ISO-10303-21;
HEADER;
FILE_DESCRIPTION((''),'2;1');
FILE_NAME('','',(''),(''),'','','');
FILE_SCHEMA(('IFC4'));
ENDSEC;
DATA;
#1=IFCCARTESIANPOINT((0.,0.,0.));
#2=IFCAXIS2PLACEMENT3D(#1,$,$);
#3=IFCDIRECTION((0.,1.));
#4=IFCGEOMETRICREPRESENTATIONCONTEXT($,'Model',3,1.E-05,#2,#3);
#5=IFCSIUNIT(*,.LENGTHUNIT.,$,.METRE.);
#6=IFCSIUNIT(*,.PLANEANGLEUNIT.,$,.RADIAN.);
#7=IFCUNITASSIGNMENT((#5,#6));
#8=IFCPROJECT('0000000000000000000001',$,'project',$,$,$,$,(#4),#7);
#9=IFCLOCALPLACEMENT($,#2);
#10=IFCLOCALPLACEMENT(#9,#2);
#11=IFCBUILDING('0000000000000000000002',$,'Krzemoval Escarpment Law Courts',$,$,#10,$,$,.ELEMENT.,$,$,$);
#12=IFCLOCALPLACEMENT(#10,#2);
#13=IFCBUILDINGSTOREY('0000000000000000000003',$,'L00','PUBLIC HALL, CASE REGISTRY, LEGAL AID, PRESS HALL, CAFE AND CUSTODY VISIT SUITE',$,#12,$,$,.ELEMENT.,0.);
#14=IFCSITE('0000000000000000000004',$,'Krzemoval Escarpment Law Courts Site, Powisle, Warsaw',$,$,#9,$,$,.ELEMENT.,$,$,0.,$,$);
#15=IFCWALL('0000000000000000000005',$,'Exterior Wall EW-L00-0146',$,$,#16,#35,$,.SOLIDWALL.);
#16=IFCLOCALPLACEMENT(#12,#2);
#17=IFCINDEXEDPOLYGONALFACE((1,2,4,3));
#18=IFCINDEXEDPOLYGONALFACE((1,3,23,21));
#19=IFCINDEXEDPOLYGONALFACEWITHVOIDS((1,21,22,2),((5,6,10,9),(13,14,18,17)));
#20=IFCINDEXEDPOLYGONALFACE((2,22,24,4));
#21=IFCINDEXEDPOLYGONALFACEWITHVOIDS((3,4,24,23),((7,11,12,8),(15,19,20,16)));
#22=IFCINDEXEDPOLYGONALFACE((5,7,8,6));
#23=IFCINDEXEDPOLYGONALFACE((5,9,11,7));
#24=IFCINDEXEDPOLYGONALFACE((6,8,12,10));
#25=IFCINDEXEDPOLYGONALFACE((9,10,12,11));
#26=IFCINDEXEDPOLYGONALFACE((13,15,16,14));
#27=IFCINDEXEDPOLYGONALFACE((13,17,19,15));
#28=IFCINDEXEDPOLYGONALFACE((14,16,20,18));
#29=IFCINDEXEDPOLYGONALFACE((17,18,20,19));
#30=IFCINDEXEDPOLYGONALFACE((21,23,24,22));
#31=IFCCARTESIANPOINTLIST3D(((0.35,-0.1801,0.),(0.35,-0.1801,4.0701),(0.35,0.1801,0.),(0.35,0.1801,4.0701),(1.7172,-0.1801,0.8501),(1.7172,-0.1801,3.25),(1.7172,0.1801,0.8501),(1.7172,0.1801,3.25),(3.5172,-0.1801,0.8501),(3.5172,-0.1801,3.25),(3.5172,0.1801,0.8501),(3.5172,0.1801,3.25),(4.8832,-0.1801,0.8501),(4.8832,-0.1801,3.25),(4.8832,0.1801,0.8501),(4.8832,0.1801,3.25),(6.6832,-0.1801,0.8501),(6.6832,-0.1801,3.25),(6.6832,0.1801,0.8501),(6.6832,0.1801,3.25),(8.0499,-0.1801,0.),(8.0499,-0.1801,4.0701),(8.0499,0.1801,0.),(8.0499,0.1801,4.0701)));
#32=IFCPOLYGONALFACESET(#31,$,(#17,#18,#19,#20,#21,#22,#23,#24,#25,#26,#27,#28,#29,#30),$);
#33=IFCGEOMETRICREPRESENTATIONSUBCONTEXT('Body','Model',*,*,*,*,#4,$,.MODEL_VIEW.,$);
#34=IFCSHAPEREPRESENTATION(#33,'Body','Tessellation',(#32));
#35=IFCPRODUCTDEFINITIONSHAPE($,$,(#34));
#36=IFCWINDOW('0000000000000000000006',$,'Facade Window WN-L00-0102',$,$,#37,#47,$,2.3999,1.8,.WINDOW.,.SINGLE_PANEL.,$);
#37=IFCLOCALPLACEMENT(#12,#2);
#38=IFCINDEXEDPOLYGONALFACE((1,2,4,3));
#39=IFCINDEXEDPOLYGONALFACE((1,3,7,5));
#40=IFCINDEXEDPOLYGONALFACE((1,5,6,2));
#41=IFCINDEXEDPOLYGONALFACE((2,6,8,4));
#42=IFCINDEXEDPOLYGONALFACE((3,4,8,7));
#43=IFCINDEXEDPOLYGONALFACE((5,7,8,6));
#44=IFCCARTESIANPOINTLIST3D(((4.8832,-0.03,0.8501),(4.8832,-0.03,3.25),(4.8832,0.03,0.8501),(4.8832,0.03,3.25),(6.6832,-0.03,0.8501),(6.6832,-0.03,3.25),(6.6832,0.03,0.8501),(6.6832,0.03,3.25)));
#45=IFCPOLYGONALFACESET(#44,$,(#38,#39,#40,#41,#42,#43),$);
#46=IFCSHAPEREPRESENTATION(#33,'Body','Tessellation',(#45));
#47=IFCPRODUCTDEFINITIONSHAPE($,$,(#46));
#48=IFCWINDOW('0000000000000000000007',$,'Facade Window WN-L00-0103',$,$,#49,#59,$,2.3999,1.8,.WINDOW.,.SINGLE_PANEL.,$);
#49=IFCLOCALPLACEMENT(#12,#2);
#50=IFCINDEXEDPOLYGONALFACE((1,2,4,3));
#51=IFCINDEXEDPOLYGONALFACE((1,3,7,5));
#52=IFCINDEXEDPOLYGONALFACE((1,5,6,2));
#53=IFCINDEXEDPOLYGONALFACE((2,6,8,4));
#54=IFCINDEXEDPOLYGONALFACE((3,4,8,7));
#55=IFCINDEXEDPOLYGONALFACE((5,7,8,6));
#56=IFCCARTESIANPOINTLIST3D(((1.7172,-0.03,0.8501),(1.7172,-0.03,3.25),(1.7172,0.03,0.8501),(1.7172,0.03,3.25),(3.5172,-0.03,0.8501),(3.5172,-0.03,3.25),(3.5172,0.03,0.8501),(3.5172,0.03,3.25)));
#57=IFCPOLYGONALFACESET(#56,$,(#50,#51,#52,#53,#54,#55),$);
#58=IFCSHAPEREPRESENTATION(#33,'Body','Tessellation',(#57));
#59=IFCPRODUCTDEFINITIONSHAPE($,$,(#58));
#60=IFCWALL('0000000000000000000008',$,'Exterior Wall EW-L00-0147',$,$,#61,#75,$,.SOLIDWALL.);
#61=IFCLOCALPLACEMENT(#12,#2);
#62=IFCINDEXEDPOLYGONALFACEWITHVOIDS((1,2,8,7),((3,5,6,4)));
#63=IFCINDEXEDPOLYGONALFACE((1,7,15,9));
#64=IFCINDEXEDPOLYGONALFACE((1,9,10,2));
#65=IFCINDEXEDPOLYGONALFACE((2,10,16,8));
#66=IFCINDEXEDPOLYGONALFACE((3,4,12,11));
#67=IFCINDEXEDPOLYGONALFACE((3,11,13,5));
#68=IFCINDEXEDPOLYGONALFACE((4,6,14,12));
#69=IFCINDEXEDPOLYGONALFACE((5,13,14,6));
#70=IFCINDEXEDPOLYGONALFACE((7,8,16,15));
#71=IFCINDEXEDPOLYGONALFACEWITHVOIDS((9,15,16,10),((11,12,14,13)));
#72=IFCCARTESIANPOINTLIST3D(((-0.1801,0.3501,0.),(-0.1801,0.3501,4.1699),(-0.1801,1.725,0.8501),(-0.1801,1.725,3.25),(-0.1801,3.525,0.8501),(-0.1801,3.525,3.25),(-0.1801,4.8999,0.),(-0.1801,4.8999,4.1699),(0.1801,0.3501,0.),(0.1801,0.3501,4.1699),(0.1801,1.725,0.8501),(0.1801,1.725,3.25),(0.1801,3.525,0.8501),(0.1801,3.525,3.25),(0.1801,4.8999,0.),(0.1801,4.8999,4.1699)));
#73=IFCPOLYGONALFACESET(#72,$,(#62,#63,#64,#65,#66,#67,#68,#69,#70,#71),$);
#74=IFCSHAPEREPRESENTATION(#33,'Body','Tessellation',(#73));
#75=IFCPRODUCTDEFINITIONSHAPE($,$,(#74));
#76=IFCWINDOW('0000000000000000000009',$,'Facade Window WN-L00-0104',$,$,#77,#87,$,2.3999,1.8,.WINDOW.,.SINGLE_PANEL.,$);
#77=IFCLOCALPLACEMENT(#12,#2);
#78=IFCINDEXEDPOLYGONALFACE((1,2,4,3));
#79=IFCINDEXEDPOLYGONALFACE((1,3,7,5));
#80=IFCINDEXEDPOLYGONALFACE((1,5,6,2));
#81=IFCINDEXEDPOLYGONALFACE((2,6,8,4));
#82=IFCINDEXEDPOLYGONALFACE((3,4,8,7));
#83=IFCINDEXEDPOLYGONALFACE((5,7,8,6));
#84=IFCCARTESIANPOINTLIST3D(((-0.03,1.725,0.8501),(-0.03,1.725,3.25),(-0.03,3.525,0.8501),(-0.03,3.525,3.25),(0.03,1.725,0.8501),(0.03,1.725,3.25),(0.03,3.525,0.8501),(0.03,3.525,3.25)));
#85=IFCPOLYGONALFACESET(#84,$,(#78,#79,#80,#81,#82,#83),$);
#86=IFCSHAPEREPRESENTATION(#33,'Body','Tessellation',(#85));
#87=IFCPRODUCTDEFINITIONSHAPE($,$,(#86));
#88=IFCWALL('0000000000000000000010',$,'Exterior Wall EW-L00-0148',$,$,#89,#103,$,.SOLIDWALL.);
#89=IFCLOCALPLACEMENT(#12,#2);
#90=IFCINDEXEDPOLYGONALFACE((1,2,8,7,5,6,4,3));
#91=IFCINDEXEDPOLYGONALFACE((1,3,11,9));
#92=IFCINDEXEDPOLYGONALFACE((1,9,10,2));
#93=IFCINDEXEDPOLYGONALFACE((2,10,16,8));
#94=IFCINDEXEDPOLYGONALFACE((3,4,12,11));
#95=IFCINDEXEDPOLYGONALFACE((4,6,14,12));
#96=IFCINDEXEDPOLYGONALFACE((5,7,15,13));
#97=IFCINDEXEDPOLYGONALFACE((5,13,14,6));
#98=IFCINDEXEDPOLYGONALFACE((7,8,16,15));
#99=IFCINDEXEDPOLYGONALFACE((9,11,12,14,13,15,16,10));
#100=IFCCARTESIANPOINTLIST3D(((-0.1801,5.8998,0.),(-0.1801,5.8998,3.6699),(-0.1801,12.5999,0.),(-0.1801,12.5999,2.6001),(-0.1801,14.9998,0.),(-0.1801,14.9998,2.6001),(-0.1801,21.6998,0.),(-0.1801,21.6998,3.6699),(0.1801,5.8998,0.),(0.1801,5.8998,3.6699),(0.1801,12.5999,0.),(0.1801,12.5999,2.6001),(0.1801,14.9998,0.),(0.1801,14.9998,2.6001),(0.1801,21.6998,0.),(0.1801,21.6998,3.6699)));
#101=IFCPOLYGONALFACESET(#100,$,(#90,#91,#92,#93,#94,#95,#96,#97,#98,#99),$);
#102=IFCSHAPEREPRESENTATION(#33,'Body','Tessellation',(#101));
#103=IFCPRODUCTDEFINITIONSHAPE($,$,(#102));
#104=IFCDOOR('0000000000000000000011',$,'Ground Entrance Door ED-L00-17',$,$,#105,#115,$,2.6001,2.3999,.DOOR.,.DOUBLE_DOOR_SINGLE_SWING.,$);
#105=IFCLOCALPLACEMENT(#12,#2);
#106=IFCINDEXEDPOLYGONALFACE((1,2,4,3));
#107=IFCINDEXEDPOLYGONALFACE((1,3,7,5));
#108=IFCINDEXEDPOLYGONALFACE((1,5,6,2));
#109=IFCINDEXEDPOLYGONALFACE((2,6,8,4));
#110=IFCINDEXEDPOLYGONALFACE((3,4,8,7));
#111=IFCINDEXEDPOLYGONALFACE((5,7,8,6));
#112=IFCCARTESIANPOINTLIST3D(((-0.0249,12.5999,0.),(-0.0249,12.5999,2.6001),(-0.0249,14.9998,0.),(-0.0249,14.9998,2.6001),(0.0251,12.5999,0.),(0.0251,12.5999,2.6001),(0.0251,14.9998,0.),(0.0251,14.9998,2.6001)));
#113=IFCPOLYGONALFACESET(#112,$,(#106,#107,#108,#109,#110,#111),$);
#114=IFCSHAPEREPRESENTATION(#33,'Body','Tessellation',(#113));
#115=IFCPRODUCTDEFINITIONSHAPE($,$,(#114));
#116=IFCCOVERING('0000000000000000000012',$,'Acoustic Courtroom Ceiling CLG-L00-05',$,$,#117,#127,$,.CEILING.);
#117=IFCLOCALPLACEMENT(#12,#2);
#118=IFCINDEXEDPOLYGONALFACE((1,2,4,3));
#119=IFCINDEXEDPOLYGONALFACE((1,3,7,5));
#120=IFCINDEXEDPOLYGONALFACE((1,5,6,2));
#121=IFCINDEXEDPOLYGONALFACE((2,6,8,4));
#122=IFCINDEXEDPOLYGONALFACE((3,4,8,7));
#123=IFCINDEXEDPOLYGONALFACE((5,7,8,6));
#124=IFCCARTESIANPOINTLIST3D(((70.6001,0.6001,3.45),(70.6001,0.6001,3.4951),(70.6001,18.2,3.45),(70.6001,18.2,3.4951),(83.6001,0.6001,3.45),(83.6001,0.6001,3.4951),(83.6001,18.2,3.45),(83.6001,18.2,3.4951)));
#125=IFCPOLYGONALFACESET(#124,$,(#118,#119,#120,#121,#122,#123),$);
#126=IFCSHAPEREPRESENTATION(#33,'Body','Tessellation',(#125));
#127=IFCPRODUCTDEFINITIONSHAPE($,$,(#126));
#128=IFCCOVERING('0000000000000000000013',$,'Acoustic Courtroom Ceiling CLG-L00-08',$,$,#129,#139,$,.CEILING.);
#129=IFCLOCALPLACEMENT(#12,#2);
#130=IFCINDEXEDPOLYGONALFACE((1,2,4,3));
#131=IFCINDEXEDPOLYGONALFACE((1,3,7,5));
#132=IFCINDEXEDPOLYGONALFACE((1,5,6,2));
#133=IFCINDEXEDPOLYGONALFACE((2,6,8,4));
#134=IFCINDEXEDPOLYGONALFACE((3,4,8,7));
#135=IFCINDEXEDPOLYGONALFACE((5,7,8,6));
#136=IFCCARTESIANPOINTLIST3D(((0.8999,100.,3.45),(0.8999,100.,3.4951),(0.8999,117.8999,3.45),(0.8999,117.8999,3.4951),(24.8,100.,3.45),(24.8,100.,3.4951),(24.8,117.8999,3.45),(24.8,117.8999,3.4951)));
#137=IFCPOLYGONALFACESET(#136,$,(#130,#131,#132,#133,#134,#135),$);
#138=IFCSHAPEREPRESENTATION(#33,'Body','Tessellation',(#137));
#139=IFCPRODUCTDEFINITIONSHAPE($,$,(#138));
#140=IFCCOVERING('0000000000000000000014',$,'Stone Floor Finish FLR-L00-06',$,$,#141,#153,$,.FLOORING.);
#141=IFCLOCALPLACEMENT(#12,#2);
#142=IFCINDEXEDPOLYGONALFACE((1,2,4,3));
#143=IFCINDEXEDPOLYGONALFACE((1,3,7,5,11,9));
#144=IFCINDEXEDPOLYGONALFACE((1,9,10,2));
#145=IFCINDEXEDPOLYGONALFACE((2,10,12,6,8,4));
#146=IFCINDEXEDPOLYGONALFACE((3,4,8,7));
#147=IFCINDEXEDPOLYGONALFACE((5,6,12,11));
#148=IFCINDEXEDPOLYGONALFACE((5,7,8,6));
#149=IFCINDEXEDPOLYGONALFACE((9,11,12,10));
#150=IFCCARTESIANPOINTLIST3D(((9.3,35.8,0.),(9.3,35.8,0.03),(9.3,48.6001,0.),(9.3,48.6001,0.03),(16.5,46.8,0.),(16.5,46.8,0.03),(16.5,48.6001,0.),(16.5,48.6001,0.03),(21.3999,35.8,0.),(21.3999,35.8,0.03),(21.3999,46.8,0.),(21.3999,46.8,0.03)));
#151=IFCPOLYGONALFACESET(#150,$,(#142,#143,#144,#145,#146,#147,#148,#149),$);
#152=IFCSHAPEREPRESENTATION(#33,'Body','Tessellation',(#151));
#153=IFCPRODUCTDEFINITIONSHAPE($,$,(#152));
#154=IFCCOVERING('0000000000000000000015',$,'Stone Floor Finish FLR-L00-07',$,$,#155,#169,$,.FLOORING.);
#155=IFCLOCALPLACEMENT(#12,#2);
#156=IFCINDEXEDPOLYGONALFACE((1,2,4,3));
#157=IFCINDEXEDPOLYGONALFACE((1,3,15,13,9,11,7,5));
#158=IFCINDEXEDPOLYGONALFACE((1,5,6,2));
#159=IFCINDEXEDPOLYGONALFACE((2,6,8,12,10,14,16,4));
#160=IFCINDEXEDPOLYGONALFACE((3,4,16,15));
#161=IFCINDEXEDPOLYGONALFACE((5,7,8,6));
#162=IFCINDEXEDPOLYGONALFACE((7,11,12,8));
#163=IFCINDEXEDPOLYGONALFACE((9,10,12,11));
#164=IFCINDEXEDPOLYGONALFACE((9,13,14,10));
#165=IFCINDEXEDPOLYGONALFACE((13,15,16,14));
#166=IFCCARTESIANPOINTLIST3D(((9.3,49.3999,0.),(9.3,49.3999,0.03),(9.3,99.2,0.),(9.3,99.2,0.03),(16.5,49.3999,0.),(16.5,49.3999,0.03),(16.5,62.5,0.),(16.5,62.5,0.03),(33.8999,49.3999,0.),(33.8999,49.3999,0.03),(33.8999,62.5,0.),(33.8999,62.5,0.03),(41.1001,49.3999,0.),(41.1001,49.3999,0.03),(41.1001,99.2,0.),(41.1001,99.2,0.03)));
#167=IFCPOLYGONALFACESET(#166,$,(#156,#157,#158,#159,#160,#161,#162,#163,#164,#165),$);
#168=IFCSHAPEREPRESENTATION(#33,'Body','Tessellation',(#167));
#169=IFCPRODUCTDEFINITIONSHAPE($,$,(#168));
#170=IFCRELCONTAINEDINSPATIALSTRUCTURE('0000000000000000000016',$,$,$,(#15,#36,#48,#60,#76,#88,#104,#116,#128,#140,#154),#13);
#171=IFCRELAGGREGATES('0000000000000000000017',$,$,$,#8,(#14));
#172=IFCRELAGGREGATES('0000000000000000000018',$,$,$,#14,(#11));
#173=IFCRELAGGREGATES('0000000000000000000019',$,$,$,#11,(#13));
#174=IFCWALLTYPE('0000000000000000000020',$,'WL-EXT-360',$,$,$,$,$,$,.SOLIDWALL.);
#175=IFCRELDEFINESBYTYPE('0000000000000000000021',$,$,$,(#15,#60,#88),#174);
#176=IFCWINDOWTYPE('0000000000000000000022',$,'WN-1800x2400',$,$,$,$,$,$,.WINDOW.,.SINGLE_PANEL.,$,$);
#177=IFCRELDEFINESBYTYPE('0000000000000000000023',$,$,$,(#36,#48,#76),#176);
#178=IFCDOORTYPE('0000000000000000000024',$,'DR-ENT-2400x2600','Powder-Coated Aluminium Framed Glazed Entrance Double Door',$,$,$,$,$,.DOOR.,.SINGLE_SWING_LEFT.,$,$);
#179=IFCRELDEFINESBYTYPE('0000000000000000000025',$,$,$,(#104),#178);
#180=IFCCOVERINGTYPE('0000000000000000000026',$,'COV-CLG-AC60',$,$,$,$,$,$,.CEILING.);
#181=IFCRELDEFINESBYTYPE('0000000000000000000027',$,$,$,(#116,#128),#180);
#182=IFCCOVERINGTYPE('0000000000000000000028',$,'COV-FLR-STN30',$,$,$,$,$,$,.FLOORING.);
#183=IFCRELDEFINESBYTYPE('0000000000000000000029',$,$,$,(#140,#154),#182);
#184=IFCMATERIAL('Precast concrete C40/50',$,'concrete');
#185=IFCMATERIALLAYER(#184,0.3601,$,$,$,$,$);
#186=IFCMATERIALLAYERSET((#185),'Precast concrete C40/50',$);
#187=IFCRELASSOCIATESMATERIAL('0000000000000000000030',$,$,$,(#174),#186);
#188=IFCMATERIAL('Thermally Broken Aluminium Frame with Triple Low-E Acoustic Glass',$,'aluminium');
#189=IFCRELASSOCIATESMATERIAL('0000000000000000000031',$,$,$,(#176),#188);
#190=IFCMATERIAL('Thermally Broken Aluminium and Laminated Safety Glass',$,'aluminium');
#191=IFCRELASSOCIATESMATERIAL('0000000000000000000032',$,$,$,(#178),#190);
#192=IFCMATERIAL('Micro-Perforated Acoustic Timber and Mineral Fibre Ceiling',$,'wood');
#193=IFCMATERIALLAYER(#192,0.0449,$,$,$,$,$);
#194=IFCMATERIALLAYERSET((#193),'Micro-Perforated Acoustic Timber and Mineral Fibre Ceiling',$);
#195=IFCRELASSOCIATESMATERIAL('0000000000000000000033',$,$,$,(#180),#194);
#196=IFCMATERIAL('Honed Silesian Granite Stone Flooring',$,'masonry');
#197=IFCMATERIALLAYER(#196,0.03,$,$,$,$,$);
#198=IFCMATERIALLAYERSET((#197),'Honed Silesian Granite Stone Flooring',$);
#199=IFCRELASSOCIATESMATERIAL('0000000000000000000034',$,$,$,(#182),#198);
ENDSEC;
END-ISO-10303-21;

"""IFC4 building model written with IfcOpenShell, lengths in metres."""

from ifc_helpers import new_model, si_unit, direction, frame, frame_2d, origin, place, context, subcontext, project, spatial, polyline, rectangle, outline, extrude, material, layer, layer_set, type_object, element, fill, save


model = new_model("IFC4")

# Units and contexts
model_context = context("Model", 3, precision=1e-05, world=origin(), true_north=direction((0.0, 1.0)))
body_context = subcontext(model_context, "Body", "Model", "MODEL_VIEW")
ifc_project = project(units=[si_unit("LENGTHUNIT", "METRE"), si_unit("PLANEANGLEUNIT", "RADIAN")], contexts=[model_context])

# Site, building, storey
site_placement = place(None, origin())
site = spatial("IfcSite", under=ifc_project, at=site_placement, Name="Krzemoval Escarpment Law Courts Site, Powisle, Warsaw", CompositionType="ELEMENT", RefElevation=0.0)
building_placement = place(site_placement, origin())
building = spatial("IfcBuilding", under=site, at=building_placement, Name="Krzemoval Escarpment Law Courts", CompositionType="ELEMENT")
storey_placement = place(building_placement, origin())
storey = spatial("IfcBuildingStorey", under=building, at=storey_placement, Name="L00", Description="PUBLIC HALL, CASE REGISTRY, LEGAL AID, PRESS HALL, CAFE AND CUSTODY VISIT SUITE", CompositionType="ELEMENT", Elevation=0.0)

# Wall, openings, windows
ifc_material_1 = material(Name="Precast concrete C40/50", Category="concrete")
ifc_layer_1 = layer(ifc_material_1, 0.3601)
ifc_layer_set_1 = layer_set([ifc_layer_1], Name="Precast concrete C40/50")
wall_type = type_object("IfcWallType", Name="WL-EXT-360", PredefinedType="SOLIDWALL", material=ifc_layer_set_1)
wall_1_placement = place(storey_placement, frame((8.05, 0.0, 0.0), z_axis=(0.0, 0.0, 1.0), x_axis=(-1.0, 0.0, 0.0)))
wall_1 = element("IfcWall", 1, at=wall_1_placement, inside=storey, type_object=wall_type, Name="Exterior Wall EW-L00-0146", PredefinedType="SOLIDWALL", context=body_context, shape_type="SweptSolid", body=[
    extrude(rectangle(XDim=7.7, YDim=0.3601, at=frame_2d((3.8501, 0.0))), origin(), (0.0, 0.0, 1.0), 4.0701),
])
opening_1_placement = place(wall_1_placement, frame((1.3669, 0.0, 0.8501)))
opening_1 = element("IfcOpeningElement", 2, at=opening_1_placement, cuts=wall_1, PredefinedType="OPENING", context=body_context, shape_type="SweptSolid", body=[
    extrude(rectangle(XDim=1.8, YDim=2.3999, at=frame_2d((0.8999, 1.2))), frame((0.0, 0.1951, 0.0), z_axis=(0.0, -1.0, 0.0), x_axis=(1.0, 0.0, 0.0)), (0.0, 0.0, 1.0), 0.3901),
])
opening_2_placement = place(wall_1_placement, frame((4.533, 0.0, 0.8501)))
opening_2 = element("IfcOpeningElement", 3, at=opening_2_placement, cuts=wall_1, PredefinedType="OPENING", context=body_context, shape_type="SweptSolid", body=[
    extrude(rectangle(XDim=1.8, YDim=2.3999, at=frame_2d((0.8999, 1.2))), frame((0.0, 0.1951, 0.0), z_axis=(0.0, -1.0, 0.0), x_axis=(1.0, 0.0, 0.0)), (0.0, 0.0, 1.0), 0.3901),
])
ifc_material_2 = material(Name="Thermally Broken Aluminium Frame with Triple Low-E Acoustic Glass", Category="aluminium")
window_type = type_object("IfcWindowType", Name="WN-1800x2400", PartitioningType="SINGLE_PANEL", PredefinedType="WINDOW", material=ifc_material_2)
window_1_placement = place(opening_1_placement, origin())
window_1 = element("IfcWindow", 4, at=window_1_placement, inside=storey, type_object=window_type, Name="Facade Window WN-L00-0102", OverallHeight=2.3999, OverallWidth=1.8, PartitioningType="SINGLE_PANEL", PredefinedType="WINDOW", context=body_context, shape_type="SweptSolid", body=[
    extrude(rectangle(XDim=1.8, YDim=2.3999, at=frame_2d((0.8999, 1.2))), frame((0.0, 0.03, 0.0), z_axis=(0.0, -1.0, 0.0), x_axis=(1.0, 0.0, 0.0)), (0.0, 0.0, 1.0), 0.0601),
])
fill(opening_1, window_1)
window_2_placement = place(opening_2_placement, origin())
window_2 = element("IfcWindow", 5, at=window_2_placement, inside=storey, type_object=window_type, Name="Facade Window WN-L00-0103", OverallHeight=2.3999, OverallWidth=1.8, PartitioningType="SINGLE_PANEL", PredefinedType="WINDOW", context=body_context, shape_type="SweptSolid", body=[
    extrude(rectangle(XDim=1.8, YDim=2.3999, at=frame_2d((0.8999, 1.2))), frame((0.0, 0.03, 0.0), z_axis=(0.0, -1.0, 0.0), x_axis=(1.0, 0.0, 0.0)), (0.0, 0.0, 1.0), 0.0601),
])
fill(opening_2, window_2)

# Wall, opening, window
wall_2_placement = place(storey_placement, frame((0.0, 0.3501, 0.0), z_axis=(0.0, 0.0, 1.0), x_axis=(0.0, 1.0, 0.0)))
wall_2 = element("IfcWall", 6, at=wall_2_placement, inside=storey, type_object=wall_type, Name="Exterior Wall EW-L00-0147", PredefinedType="SOLIDWALL", context=body_context, shape_type="SweptSolid", body=[
    extrude(rectangle(XDim=4.5498, YDim=0.3601, at=frame_2d((2.2749, 0.0))), origin(), (0.0, 0.0, 1.0), 4.1699),
])
opening_3_placement = place(wall_2_placement, frame((1.375, 0.0, 0.8501)))
opening_3 = element("IfcOpeningElement", 7, at=opening_3_placement, cuts=wall_2, PredefinedType="OPENING", context=body_context, shape_type="SweptSolid", body=[
    extrude(rectangle(XDim=1.8, YDim=2.3999, at=frame_2d((0.8999, 1.2))), frame((0.0, 0.1951, 0.0), z_axis=(0.0, -1.0, 0.0), x_axis=(1.0, 0.0, 0.0)), (0.0, 0.0, 1.0), 0.3901),
])
window_3_placement = place(opening_3_placement, origin())
window_3 = element("IfcWindow", 8, at=window_3_placement, inside=storey, type_object=window_type, Name="Facade Window WN-L00-0104", OverallHeight=2.3999, OverallWidth=1.8, PartitioningType="SINGLE_PANEL", PredefinedType="WINDOW", context=body_context, shape_type="SweptSolid", body=[
    extrude(rectangle(XDim=1.8, YDim=2.3999, at=frame_2d((0.8999, 1.2))), frame((0.0, 0.03, 0.0), z_axis=(0.0, -1.0, 0.0), x_axis=(1.0, 0.0, 0.0)), (0.0, 0.0, 1.0), 0.0601),
])
fill(opening_3, window_3)

# Wall, opening, door
wall_3_placement = place(storey_placement, frame((0.0, 5.8999, 0.0), z_axis=(0.0, 0.0, 1.0), x_axis=(0.0, 1.0, 0.0)))
wall_3 = element("IfcWall", 9, at=wall_3_placement, inside=storey, type_object=wall_type, Name="Exterior Wall EW-L00-0148", PredefinedType="SOLIDWALL", context=body_context, shape_type="SweptSolid", body=[
    extrude(rectangle(XDim=15.8, YDim=0.3601, at=frame_2d((7.8999, 0.0))), origin(), (0.0, 0.0, 1.0), 3.6699),
])
opening_4_placement = place(wall_3_placement, frame((6.7, 0.0, 0.0)))
opening_4 = element("IfcOpeningElement", 10, at=opening_4_placement, cuts=wall_3, PredefinedType="OPENING", context=body_context, shape_type="SweptSolid", body=[
    extrude(rectangle(XDim=2.3999, YDim=2.6001, at=frame_2d((1.2, 1.3))), frame((0.0, 0.1951, 0.0), z_axis=(0.0, -1.0, 0.0), x_axis=(1.0, 0.0, 0.0)), (0.0, 0.0, 1.0), 0.3901),
])
ifc_material_3 = material(Name="Thermally Broken Aluminium and Laminated Safety Glass", Category="aluminium")
door_type = type_object("IfcDoorType", Name="DR-ENT-2400x2600", Description="Powder-Coated Aluminium Framed Glazed Entrance Double Door", OperationType="SINGLE_SWING_LEFT", PredefinedType="DOOR", material=ifc_material_3)
door_placement = place(opening_4_placement, origin())
door = element("IfcDoor", 11, at=door_placement, inside=storey, type_object=door_type, Name="Ground Entrance Door ED-L00-17", OperationType="DOUBLE_DOOR_SINGLE_SWING", OverallHeight=2.6001, OverallWidth=2.3999, PredefinedType="DOOR", context=body_context, shape_type="SweptSolid", body=[
    extrude(rectangle(XDim=2.3999, YDim=2.6001, at=frame_2d((1.2, 1.3))), frame((0.0, 0.0249, 0.0), z_axis=(0.0, -1.0, 0.0), x_axis=(1.0, 0.0, 0.0)), (0.0, 0.0, 1.0), 0.05),
])
fill(opening_4, door)

# Coverings
ifc_material_4 = material(Name="Micro-Perforated Acoustic Timber and Mineral Fibre Ceiling", Category="wood")
ifc_layer_2 = layer(ifc_material_4, 0.0449)
ifc_layer_set_2 = layer_set([ifc_layer_2], Name="Micro-Perforated Acoustic Timber and Mineral Fibre Ceiling")
covering_type_1 = type_object("IfcCoveringType", Name="COV-CLG-AC60", PredefinedType="CEILING", material=ifc_layer_set_2)
covering_1_placement = place(storey_placement, frame((0.0, 0.0, 3.45)))
element("IfcCovering", 12, at=covering_1_placement, inside=storey, type_object=covering_type_1, Name="Acoustic Courtroom Ceiling CLG-L00-05", PredefinedType="CEILING", context=body_context, shape_type="SweptSolid", body=[
    extrude(outline(polyline([(70.6001, 0.6001), (70.6001, 18.2), (83.6001, 18.2), (83.6001, 0.6001), (70.6001, 0.6001)])), origin(), (0.0, 0.0, 1.0), 0.0452),
])
covering_2_placement = place(storey_placement, frame((0.0, 0.0, 3.45)))
element("IfcCovering", 13, at=covering_2_placement, inside=storey, type_object=covering_type_1, Name="Acoustic Courtroom Ceiling CLG-L00-08", PredefinedType="CEILING", context=body_context, shape_type="SweptSolid", body=[
    extrude(outline(polyline([(0.8999, 100.0), (0.8999, 117.8999), (24.8, 117.8999), (24.8, 100.0), (0.8999, 100.0)])), origin(), (0.0, 0.0, 1.0), 0.0452),
])
ifc_material_5 = material(Name="Honed Silesian Granite Stone Flooring", Category="masonry")
ifc_layer_3 = layer(ifc_material_5, 0.03)
ifc_layer_set_3 = layer_set([ifc_layer_3], Name="Honed Silesian Granite Stone Flooring")
covering_type_2 = type_object("IfcCoveringType", Name="COV-FLR-STN30", PredefinedType="FLOORING", material=ifc_layer_set_3)
covering_3_placement = place(storey_placement, origin())
element("IfcCovering", 14, at=covering_3_placement, inside=storey, type_object=covering_type_2, Name="Stone Floor Finish FLR-L00-06", PredefinedType="FLOORING", context=body_context, shape_type="SweptSolid", body=[
    extrude(outline(polyline([(21.3999, 35.8), (9.3, 35.8), (9.3, 48.6001), (16.5, 48.6001), (16.5, 46.8), (21.3999, 46.8), (21.3999, 35.8)])), origin(), (0.0, 0.0, 1.0), 0.03),
])
covering_4_placement = place(storey_placement, origin())
element("IfcCovering", 15, at=covering_4_placement, inside=storey, type_object=covering_type_2, Name="Stone Floor Finish FLR-L00-07", PredefinedType="FLOORING", context=body_context, shape_type="SweptSolid", body=[
    extrude(outline(polyline([(9.3, 49.3999), (9.3, 99.2), (41.1001, 99.2), (41.1001, 49.3999), (33.8999, 49.3999), (33.8999, 62.5), (16.5, 62.5), (16.5, 49.3999), (9.3, 49.3999)])), origin(), (0.0, 0.0, 1.0), 0.03),
])

save(model, "model.ifc")
